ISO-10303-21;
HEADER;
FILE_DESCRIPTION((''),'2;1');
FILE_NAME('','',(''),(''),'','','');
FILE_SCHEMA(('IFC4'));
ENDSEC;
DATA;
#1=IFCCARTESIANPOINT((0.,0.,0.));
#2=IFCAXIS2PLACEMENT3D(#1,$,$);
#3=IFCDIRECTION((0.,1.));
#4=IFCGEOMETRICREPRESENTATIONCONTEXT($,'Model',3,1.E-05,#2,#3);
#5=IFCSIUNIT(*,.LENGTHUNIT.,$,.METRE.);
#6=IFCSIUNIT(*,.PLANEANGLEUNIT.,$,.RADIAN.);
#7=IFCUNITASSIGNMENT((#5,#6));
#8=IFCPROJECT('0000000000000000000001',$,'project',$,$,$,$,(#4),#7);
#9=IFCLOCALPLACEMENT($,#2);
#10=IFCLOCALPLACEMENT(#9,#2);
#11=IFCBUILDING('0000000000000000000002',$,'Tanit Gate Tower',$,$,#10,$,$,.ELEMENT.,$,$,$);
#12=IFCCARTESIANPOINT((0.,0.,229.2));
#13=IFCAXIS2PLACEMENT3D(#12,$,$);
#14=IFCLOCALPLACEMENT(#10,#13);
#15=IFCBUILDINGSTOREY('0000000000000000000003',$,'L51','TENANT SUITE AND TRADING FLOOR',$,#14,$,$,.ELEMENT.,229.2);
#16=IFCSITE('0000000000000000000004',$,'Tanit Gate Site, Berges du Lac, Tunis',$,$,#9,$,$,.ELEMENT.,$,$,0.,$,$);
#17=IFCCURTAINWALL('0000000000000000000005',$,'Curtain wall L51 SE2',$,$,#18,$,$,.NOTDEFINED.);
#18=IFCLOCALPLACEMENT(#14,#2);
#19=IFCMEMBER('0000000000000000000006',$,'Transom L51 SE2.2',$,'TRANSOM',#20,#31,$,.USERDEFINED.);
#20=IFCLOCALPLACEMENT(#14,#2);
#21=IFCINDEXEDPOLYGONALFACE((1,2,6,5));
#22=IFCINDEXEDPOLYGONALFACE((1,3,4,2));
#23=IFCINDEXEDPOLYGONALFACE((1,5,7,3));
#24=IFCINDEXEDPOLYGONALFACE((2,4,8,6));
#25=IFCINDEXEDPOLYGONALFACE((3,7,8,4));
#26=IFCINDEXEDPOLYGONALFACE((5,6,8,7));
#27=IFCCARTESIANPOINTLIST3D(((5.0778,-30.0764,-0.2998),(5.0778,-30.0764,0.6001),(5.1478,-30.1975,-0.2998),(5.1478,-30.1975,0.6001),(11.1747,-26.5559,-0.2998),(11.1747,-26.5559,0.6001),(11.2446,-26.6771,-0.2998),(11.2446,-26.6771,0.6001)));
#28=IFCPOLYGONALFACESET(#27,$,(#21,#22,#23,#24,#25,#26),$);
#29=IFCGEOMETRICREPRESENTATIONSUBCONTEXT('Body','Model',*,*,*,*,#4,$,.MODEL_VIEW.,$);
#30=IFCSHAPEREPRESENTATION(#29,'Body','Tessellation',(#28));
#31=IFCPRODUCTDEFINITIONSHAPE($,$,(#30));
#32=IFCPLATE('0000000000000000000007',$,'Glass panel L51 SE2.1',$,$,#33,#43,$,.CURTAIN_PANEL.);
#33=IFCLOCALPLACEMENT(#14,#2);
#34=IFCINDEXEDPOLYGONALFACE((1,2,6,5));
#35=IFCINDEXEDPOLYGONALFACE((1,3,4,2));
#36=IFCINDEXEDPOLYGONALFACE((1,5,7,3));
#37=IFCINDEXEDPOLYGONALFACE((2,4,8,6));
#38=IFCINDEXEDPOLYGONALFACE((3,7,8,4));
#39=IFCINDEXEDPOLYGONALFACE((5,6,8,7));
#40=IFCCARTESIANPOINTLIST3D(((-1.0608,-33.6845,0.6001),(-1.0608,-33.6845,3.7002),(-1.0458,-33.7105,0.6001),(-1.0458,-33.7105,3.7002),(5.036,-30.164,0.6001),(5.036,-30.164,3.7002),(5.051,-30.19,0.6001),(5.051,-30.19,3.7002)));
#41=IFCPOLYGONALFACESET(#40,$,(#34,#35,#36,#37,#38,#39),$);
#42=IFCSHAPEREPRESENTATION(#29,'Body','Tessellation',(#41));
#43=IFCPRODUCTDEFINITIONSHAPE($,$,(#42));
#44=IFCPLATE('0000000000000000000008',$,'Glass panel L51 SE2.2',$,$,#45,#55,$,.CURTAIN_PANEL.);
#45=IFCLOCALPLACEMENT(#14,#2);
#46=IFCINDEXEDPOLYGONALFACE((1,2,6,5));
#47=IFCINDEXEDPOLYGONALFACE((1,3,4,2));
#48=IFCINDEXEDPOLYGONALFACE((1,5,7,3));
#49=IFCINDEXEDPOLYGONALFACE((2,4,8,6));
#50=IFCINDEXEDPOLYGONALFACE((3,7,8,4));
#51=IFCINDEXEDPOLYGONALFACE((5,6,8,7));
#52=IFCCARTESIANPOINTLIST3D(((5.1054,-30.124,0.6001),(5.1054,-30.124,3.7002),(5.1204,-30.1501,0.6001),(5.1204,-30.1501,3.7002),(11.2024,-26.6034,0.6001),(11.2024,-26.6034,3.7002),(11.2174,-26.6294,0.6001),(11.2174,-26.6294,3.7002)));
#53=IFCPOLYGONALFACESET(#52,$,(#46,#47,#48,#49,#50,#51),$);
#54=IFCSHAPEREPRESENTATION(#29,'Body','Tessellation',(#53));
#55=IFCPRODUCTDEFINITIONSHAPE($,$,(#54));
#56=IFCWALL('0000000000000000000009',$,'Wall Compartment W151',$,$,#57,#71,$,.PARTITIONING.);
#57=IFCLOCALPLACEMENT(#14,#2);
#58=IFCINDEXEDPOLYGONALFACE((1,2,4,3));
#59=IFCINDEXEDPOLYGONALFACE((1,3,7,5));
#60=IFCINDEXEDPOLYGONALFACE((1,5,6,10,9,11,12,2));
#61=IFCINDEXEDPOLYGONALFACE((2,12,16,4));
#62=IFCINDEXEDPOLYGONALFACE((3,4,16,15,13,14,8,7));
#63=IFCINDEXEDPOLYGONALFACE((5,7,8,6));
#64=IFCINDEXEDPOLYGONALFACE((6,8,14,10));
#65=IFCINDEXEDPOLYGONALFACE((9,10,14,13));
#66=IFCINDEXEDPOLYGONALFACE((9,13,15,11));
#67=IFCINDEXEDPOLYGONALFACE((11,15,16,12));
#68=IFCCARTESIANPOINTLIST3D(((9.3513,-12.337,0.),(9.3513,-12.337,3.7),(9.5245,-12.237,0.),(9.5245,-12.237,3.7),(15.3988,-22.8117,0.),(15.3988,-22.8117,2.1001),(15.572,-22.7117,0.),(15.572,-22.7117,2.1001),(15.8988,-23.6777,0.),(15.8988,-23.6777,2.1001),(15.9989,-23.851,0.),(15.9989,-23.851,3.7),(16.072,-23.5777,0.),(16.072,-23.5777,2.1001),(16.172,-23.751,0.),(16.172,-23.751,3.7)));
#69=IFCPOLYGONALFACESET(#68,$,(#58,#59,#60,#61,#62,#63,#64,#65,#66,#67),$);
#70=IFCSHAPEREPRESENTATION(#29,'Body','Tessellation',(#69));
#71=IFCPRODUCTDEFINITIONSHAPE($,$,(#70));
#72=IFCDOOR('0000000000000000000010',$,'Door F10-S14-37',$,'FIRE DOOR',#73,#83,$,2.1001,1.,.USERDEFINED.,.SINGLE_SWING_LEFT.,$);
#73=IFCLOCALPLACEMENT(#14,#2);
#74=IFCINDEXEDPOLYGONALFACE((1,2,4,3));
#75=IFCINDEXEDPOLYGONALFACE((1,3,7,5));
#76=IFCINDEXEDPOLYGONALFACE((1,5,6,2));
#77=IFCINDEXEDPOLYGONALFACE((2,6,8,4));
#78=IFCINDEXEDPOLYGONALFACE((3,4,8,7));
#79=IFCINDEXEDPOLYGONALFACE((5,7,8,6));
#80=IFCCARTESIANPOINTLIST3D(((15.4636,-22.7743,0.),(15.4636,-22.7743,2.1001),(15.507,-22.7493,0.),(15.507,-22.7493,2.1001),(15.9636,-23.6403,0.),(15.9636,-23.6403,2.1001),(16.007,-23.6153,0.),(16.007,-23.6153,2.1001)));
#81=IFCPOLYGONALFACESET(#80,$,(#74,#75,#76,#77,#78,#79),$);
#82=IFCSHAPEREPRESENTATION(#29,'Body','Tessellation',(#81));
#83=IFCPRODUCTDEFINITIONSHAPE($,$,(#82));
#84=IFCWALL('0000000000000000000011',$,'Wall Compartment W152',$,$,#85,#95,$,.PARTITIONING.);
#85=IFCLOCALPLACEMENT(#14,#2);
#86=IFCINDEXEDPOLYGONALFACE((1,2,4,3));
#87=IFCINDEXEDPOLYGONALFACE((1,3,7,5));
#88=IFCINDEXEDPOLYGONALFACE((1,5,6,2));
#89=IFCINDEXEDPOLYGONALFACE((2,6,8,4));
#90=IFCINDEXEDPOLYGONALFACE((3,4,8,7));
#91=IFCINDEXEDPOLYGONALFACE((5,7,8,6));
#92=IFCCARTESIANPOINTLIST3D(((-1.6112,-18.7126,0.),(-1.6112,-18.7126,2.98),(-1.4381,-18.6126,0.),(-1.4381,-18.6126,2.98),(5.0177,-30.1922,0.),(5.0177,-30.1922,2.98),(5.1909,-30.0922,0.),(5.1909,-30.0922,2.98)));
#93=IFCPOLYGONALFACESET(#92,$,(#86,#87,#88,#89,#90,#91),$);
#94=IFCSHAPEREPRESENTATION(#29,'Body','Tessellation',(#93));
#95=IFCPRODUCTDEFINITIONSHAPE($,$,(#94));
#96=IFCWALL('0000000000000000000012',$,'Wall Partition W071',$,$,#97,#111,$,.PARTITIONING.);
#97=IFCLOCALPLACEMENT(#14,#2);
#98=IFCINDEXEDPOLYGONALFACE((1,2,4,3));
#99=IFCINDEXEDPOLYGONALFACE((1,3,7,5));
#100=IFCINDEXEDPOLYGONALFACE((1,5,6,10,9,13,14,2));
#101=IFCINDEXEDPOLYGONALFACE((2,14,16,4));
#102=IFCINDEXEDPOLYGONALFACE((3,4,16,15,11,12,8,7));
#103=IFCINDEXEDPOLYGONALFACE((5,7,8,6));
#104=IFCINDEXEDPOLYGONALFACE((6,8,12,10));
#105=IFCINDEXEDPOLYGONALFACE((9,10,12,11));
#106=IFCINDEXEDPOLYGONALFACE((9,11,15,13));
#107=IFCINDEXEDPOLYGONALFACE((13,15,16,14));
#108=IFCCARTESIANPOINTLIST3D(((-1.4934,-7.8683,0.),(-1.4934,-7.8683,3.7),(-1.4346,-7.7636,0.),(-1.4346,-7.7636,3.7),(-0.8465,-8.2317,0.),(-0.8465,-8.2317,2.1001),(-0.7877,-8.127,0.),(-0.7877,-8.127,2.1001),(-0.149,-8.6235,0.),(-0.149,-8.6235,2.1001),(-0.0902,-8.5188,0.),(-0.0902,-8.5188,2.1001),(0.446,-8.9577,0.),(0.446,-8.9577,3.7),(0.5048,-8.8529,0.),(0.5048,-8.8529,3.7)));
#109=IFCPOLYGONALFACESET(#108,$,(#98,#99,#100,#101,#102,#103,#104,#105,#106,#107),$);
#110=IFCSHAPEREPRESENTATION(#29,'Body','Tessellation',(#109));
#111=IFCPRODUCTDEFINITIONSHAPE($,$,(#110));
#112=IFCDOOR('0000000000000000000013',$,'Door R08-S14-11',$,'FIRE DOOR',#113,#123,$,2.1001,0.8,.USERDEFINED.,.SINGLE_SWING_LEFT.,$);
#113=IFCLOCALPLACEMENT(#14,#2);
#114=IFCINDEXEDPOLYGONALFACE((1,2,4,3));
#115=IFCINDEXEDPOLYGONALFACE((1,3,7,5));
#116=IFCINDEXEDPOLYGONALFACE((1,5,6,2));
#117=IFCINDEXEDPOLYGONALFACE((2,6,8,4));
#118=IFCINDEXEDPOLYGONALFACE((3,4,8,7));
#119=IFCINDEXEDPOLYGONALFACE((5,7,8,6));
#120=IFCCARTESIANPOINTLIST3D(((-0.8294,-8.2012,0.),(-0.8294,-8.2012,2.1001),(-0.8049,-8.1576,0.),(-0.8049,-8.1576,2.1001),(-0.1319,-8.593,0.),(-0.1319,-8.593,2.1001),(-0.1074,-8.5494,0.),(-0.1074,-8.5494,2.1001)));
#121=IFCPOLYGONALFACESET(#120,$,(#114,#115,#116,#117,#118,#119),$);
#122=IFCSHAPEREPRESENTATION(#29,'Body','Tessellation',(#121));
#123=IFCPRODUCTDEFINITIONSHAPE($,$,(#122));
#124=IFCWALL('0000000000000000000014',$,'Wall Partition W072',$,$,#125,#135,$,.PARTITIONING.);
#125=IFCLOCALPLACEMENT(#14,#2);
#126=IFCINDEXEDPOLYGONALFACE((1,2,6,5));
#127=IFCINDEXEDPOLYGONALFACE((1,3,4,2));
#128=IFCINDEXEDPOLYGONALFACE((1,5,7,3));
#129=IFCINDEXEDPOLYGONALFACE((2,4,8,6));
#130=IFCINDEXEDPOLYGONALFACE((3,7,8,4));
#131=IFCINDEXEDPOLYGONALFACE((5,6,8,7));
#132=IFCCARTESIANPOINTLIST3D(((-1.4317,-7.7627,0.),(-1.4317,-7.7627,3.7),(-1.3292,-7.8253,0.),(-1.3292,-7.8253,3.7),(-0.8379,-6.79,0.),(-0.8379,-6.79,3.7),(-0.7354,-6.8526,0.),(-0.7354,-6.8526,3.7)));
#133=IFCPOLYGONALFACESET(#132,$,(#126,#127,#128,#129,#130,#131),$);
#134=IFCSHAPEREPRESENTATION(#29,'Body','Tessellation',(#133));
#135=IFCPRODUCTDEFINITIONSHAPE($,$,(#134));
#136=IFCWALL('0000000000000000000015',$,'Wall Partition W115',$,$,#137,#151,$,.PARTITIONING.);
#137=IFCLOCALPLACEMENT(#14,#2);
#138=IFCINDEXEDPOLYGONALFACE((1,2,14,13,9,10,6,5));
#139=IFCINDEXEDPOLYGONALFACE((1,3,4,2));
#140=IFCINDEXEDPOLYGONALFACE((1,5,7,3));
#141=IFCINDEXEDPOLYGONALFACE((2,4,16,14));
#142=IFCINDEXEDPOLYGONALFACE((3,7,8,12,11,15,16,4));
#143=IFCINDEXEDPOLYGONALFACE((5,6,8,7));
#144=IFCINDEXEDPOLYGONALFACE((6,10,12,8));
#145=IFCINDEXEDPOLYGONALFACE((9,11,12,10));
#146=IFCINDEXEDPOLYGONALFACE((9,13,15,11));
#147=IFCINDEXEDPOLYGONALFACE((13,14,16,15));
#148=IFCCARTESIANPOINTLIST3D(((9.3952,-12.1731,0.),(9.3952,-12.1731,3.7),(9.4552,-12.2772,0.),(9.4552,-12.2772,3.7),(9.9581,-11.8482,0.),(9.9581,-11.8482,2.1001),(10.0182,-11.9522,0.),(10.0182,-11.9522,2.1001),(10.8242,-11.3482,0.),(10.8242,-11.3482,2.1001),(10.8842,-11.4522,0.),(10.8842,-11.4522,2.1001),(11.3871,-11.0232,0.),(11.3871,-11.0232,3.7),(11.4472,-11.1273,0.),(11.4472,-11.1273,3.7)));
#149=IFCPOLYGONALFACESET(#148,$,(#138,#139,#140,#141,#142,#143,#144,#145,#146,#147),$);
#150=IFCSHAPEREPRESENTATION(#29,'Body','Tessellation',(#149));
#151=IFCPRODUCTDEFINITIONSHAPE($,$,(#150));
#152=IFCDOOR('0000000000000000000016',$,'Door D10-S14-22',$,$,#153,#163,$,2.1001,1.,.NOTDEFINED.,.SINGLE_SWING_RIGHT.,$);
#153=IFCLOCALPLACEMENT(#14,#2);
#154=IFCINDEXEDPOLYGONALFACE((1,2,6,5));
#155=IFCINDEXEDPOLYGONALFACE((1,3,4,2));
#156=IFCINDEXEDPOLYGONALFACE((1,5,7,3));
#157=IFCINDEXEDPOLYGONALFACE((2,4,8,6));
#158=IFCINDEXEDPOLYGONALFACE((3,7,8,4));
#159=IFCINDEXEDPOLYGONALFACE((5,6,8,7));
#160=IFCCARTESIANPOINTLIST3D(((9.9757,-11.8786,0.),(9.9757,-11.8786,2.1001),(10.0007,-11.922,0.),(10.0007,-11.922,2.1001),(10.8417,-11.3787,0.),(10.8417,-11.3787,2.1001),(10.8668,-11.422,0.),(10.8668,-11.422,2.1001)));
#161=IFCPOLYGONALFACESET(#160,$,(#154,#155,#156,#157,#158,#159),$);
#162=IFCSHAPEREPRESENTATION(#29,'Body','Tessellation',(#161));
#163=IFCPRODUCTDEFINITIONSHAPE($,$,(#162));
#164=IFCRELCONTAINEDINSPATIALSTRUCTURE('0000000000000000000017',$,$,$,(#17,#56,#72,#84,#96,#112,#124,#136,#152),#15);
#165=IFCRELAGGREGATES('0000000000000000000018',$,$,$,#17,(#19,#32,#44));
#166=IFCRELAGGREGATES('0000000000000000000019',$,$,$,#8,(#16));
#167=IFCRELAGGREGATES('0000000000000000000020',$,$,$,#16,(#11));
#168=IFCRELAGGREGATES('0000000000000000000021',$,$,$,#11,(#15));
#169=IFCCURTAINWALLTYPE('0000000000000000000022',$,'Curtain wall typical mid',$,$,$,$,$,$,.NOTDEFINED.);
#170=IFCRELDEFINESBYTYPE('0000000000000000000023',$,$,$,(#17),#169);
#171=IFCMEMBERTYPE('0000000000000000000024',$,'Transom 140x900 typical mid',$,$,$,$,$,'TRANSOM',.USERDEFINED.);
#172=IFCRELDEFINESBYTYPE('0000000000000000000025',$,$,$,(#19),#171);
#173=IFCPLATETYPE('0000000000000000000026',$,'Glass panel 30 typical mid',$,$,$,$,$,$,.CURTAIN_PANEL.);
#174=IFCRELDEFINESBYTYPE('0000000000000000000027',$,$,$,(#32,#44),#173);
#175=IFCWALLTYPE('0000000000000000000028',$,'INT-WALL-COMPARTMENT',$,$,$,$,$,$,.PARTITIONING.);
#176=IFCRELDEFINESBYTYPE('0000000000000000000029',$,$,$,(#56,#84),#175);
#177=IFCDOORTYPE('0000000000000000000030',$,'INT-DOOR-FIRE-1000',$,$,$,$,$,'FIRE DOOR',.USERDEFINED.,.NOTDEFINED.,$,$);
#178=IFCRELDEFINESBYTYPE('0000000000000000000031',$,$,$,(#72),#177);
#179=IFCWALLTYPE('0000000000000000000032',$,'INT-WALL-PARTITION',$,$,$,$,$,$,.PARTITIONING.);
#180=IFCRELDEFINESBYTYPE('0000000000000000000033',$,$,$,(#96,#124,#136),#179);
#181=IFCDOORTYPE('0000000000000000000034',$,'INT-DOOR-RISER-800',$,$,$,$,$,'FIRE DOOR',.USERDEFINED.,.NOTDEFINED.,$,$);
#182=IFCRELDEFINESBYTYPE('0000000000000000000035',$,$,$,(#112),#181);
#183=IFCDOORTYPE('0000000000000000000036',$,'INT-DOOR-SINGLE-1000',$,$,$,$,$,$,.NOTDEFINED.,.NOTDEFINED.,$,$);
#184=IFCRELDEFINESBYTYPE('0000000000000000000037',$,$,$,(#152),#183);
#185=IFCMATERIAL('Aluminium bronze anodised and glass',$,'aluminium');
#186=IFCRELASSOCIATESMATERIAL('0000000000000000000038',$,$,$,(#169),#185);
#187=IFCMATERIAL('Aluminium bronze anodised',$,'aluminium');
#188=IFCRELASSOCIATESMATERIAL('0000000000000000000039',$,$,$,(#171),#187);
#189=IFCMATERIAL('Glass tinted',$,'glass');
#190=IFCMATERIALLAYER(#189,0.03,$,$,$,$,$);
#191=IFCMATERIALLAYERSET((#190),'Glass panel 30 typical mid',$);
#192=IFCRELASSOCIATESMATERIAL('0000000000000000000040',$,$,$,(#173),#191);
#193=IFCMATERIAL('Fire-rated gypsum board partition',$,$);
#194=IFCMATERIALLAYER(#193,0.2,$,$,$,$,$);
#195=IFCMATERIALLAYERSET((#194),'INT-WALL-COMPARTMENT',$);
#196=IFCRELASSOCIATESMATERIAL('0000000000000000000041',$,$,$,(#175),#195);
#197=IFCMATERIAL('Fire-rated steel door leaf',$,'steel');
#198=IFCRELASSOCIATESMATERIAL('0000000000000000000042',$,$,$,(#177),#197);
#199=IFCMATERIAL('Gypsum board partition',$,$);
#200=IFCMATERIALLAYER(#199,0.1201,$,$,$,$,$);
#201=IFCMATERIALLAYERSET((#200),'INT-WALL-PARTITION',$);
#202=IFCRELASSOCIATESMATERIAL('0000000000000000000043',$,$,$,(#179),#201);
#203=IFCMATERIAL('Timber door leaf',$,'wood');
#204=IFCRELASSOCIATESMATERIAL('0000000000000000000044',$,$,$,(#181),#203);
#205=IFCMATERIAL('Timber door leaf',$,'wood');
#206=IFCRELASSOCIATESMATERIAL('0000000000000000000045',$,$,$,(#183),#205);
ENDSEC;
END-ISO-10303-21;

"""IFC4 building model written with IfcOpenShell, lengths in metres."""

from ifc_helpers import new_model, si_unit, direction, frame, frame_2d, origin, origin_2d, place, context, subcontext, project, spatial, rectangle, extrude, material, layer, layer_set, material_profile, profile_set, type_object, element, fill, aggregate, save


model = new_model("IFC4")

# Units and contexts
model_context = context("Model", 3, precision=1e-05, world=origin(), true_north=direction((0.0, 1.0)))
body_context = subcontext(model_context, "Body", "Model", "MODEL_VIEW")
ifc_project = project(units=[si_unit("LENGTHUNIT", "METRE"), si_unit("PLANEANGLEUNIT", "RADIAN")], contexts=[model_context])

# Site, building, storey
site_placement = place(None, origin())
site = spatial("IfcSite", under=ifc_project, at=site_placement, Name="Tanit Gate Site, Berges du Lac, Tunis", CompositionType="ELEMENT", RefElevation=0.0)
building_placement = place(site_placement, origin())
building = spatial("IfcBuilding", under=site, at=building_placement, Name="Tanit Gate Tower", CompositionType="ELEMENT")
storey_placement = place(building_placement, frame((0.0, 0.0, 229.2)))
storey = spatial("IfcBuildingStorey", under=building, at=storey_placement, Name="L51", Description="TENANT SUITE AND TRADING FLOOR", CompositionType="ELEMENT", Elevation=229.2)

# Curtain wall
ifc_material_1 = material(Name="Aluminium bronze anodised and glass", Category="aluminium")
curtain_wall_type = type_object("IfcCurtainWallType", Name="Curtain wall typical mid", PredefinedType="NOTDEFINED", material=ifc_material_1)
curtain_wall_1_placement = place(storey_placement, origin())
curtain_wall_1 = element("IfcCurtainWall", 1, at=curtain_wall_1_placement, inside=storey, type_object=curtain_wall_type, Name="Curtain wall L51 SE2", PredefinedType="NOTDEFINED")

# Member
ifc_material_2 = material(Name="Aluminium bronze anodised", Category="aluminium")
ifc_material_profile_1 = material_profile(ifc_material_2, rectangle(XDim=0.1399, YDim=0.8999, at=origin_2d()), Name="140x900 bronze transom")
ifc_profile_set_1 = profile_set([ifc_material_profile_1], Name="Aluminium bronze anodised")
member_type_1 = type_object("IfcMemberType", Name="Transom 140x900 typical mid", ElementType="TRANSOM", PredefinedType="USERDEFINED", material=ifc_profile_set_1)
member_1_placement = place(storey_placement, frame((5.1128, -30.137, 0.1501), z_axis=(0.865998, 0.500048, 0.0), x_axis=(-0.500048, 0.865998, 0.0)))
member_1 = element("IfcMember", 2, at=member_1_placement, type_object=member_type_1, Name="Transom L51 SE2.2", ObjectType="TRANSOM", PredefinedType="USERDEFINED", context=body_context, shape_type="SweptSolid", body=[
    extrude(rectangle(XDim=0.1399, YDim=0.8999, at=origin_2d()), origin(), (0.0, 0.0, 1.0), 7.0403),
])

# Plates
ifc_material_3 = material(Name="Glass tinted", Category="glass")
ifc_layer_1 = layer(ifc_material_3, 0.03)
ifc_layer_set_1 = layer_set([ifc_layer_1], Name="Glass panel 30 typical mid")
plate_type = type_object("IfcPlateType", Name="Glass panel 30 typical mid", PredefinedType="CURTAIN_PANEL", material=ifc_layer_set_1)
plate_1_placement = place(storey_placement, frame((1.9951, -31.9373, 0.6001), z_axis=(0.0, 0.0, 1.0), x_axis=(0.865991, 0.50006, 0.0)))
plate_1 = element("IfcPlate", 3, at=plate_1_placement, type_object=plate_type, Name="Glass panel L51 SE2.1", PredefinedType="CURTAIN_PANEL", context=body_context, shape_type="SweptSolid", body=[
    extrude(rectangle(XDim=7.0403, YDim=0.03, at=origin_2d()), origin(), (0.0, 0.0, 1.0), 3.1001),
])
plate_2_placement = place(storey_placement, frame((8.1614, -28.3767, 0.6001), z_axis=(0.0, 0.0, 1.0), x_axis=(0.865991, 0.50006, 0.0)))
plate_2 = element("IfcPlate", 4, at=plate_2_placement, type_object=plate_type, Name="Glass panel L51 SE2.2", PredefinedType="CURTAIN_PANEL", context=body_context, shape_type="SweptSolid", body=[
    extrude(rectangle(XDim=7.0405, YDim=0.03, at=origin_2d()), origin(), (0.0, 0.0, 1.0), 3.1001),
])
aggregate(curtain_wall_1, [member_1, plate_1, plate_2])

# Wall, opening, door
ifc_material_4 = material(Name="Fire-rated gypsum board partition")
ifc_layer_2 = layer(ifc_material_4, 0.2)
ifc_layer_set_2 = layer_set([ifc_layer_2], Name="INT-WALL-COMPARTMENT")
wall_type_1 = type_object("IfcWallType", Name="INT-WALL-COMPARTMENT", PredefinedType="PARTITIONING", material=ifc_layer_set_2)
wall_1_placement = place(storey_placement, frame((9.438, -12.2871, 0.0), z_axis=(0.0, 0.0, 1.0), x_axis=(0.499994, -0.866029, 0.0)))
wall_1 = element("IfcWall", 5, at=wall_1_placement, inside=storey, type_object=wall_type_1, Name="Wall Compartment W151", PredefinedType="PARTITIONING", context=body_context, shape_type="SweptSolid", body=[
    extrude(rectangle(XDim=13.2952, YDim=0.2, at=frame_2d((6.6475, 0.0))), origin(), (0.0, 0.0, 1.0), 3.7),
])
opening_1_placement = place(wall_1_placement, frame((12.095, 0.0, 0.0)))
opening_1 = element("IfcOpeningElement", 6, at=opening_1_placement, cuts=wall_1, PredefinedType="OPENING", context=body_context, shape_type="SweptSolid", body=[
    extrude(rectangle(XDim=1.0, YDim=2.1001, at=frame_2d((0.5, 1.05))), frame((0.0, 0.1099, 0.0), z_axis=(0.0, -1.0, 0.0), x_axis=(1.0, 0.0, 0.0)), (0.0, 0.0, 1.0), 0.22),
])
ifc_material_5 = material(Name="Fire-rated steel door leaf", Category="steel")
door_type_1 = type_object("IfcDoorType", Name="INT-DOOR-FIRE-1000", ElementType="FIRE DOOR", OperationType="NOTDEFINED", PredefinedType="USERDEFINED", material=ifc_material_5)
door_1_placement = place(opening_1_placement, origin())
door_1 = element("IfcDoor", 7, at=door_1_placement, inside=storey, type_object=door_type_1, Name="Door F10-S14-37", ObjectType="FIRE DOOR", OperationType="SINGLE_SWING_LEFT", OverallHeight=2.1001, OverallWidth=1.0, PredefinedType="USERDEFINED", context=body_context, shape_type="SweptSolid", body=[
    extrude(rectangle(XDim=1.0, YDim=2.1001, at=frame_2d((0.5, 1.05))), frame((0.0, 0.0249, 0.0), z_axis=(0.0, -1.0, 0.0), x_axis=(1.0, 0.0, 0.0)), (0.0, 0.0, 1.0), 0.05),
])
fill(opening_1, door_1)

# Wall
wall_2_placement = place(storey_placement, frame((5.1042, -30.1421, 0.0), z_axis=(0.0, 0.0, 1.0), x_axis=(-0.500069, 0.865986, 0.0)))
element("IfcWall", 8, at=wall_2_placement, inside=storey, type_object=wall_type_1, Name="Wall Compartment W152", PredefinedType="PARTITIONING", context=body_context, shape_type="SweptSolid", body=[
    extrude(rectangle(XDim=13.2561, YDim=0.2, at=frame_2d((6.6279, 0.0))), origin(), (0.0, 0.0, 1.0), 2.98),
])

# Wall, opening, door
ifc_material_6 = material(Name="Gypsum board partition")
ifc_layer_3 = layer(ifc_material_6, 0.1201)
ifc_layer_set_3 = layer_set([ifc_layer_3], Name="INT-WALL-PARTITION")
wall_type_2 = type_object("IfcWallType", Name="INT-WALL-PARTITION", PredefinedType="PARTITIONING", material=ifc_layer_set_3)
wall_3_placement = place(storey_placement, frame((-1.4641, -7.8159, 0.0), z_axis=(0.0, 0.0, 1.0), x_axis=(0.87188, -0.489719, 0.0)))
wall_3 = element("IfcWall", 9, at=wall_3_placement, inside=storey, type_object=wall_type_2, Name="Wall Partition W071", PredefinedType="PARTITIONING", context=body_context, shape_type="SweptSolid", body=[
    extrude(rectangle(XDim=2.2244, YDim=0.1201, at=frame_2d((1.1123, 0.0))), origin(), (0.0, 0.0, 1.0), 3.7),
])
opening_2_placement = place(wall_3_placement, frame((0.7422, 0.0, 0.0)))
opening_2 = element("IfcOpeningElement", 10, at=opening_2_placement, cuts=wall_3, PredefinedType="OPENING", context=body_context, shape_type="SweptSolid", body=[
    extrude(rectangle(XDim=0.8, YDim=2.1001, at=frame_2d((0.3999, 1.05))), frame((0.0, 0.0701, 0.0), z_axis=(0.0, -1.0, 0.0), x_axis=(1.0, 0.0, 0.0)), (0.0, 0.0, 1.0), 0.1401),
])
ifc_material_7 = material(Name="Timber door leaf", Category="wood")
door_type_2 = type_object("IfcDoorType", Name="INT-DOOR-RISER-800", ElementType="FIRE DOOR", OperationType="NOTDEFINED", PredefinedType="USERDEFINED", material=ifc_material_7)
door_2_placement = place(opening_2_placement, origin())
door_2 = element("IfcDoor", 11, at=door_2_placement, inside=storey, type_object=door_type_2, Name="Door R08-S14-11", ObjectType="FIRE DOOR", OperationType="SINGLE_SWING_LEFT", OverallHeight=2.1001, OverallWidth=0.8, PredefinedType="USERDEFINED", context=body_context, shape_type="SweptSolid", body=[
    extrude(rectangle(XDim=0.8, YDim=2.1001, at=frame_2d((0.3999, 1.05))), frame((0.0, 0.0249, 0.0), z_axis=(0.0, -1.0, 0.0), x_axis=(1.0, 0.0, 0.0)), (0.0, 0.0, 1.0), 0.05),
])
fill(opening_2, door_2)

# Wall
wall_4_placement = place(storey_placement, frame((-0.7866, -6.8213, 0.0), z_axis=(0.0, 0.0, 1.0), x_axis=(-0.521034, -0.853536, 0.0)))
element("IfcWall", 12, at=wall_4_placement, inside=storey, type_object=wall_type_2, Name="Wall Partition W072", PredefinedType="PARTITIONING", context=body_context, shape_type="SweptSolid", body=[
    extrude(rectangle(XDim=1.1396, YDim=0.1201, at=frame_2d((0.5698, 0.0))), origin(), (0.0, 0.0, 1.0), 3.7),
])

# Wall, opening, door
wall_5_placement = place(storey_placement, frame((9.4253, -12.2251, 0.0), z_axis=(0.0, 0.0, 1.0), x_axis=(0.866053, 0.499952, 0.0)))
wall_5 = element("IfcWall", 13, at=wall_5_placement, inside=storey, type_object=wall_type_2, Name="Wall Partition W115", PredefinedType="PARTITIONING", context=body_context, shape_type="SweptSolid", body=[
    extrude(rectangle(XDim=2.3, YDim=0.1201, at=frame_2d((1.1499, 0.0))), origin(), (0.0, 0.0, 1.0), 3.7),
])
opening_3_placement = place(wall_5_placement, frame((0.6499, 0.0, 0.0)))
opening_3 = element("IfcOpeningElement", 14, at=opening_3_placement, cuts=wall_5, PredefinedType="OPENING", context=body_context, shape_type="SweptSolid", body=[
    extrude(rectangle(XDim=1.0, YDim=2.1001, at=frame_2d((0.5, 1.05))), frame((0.0, 0.0701, 0.0), z_axis=(0.0, -1.0, 0.0), x_axis=(1.0, 0.0, 0.0)), (0.0, 0.0, 1.0), 0.1401),
])
ifc_material_8 = material(Name="Timber door leaf", Category="wood")
door_type_3 = type_object("IfcDoorType", Name="INT-DOOR-SINGLE-1000", OperationType="NOTDEFINED", PredefinedType="NOTDEFINED", material=ifc_material_8)
door_3_placement = place(opening_3_placement, origin())
door_3 = element("IfcDoor", 15, at=door_3_placement, inside=storey, type_object=door_type_3, Name="Door D10-S14-22", OperationType="SINGLE_SWING_RIGHT", OverallHeight=2.1001, OverallWidth=1.0, PredefinedType="NOTDEFINED", context=body_context, shape_type="SweptSolid", body=[
    extrude(rectangle(XDim=1.0, YDim=2.1001, at=frame_2d((0.5, 1.05))), frame((0.0, 0.0249, 0.0), z_axis=(0.0, -1.0, 0.0), x_axis=(1.0, 0.0, 0.0)), (0.0, 0.0, 1.0), 0.05),
])
fill(opening_3, door_3)

save(model, "model.ifc")
